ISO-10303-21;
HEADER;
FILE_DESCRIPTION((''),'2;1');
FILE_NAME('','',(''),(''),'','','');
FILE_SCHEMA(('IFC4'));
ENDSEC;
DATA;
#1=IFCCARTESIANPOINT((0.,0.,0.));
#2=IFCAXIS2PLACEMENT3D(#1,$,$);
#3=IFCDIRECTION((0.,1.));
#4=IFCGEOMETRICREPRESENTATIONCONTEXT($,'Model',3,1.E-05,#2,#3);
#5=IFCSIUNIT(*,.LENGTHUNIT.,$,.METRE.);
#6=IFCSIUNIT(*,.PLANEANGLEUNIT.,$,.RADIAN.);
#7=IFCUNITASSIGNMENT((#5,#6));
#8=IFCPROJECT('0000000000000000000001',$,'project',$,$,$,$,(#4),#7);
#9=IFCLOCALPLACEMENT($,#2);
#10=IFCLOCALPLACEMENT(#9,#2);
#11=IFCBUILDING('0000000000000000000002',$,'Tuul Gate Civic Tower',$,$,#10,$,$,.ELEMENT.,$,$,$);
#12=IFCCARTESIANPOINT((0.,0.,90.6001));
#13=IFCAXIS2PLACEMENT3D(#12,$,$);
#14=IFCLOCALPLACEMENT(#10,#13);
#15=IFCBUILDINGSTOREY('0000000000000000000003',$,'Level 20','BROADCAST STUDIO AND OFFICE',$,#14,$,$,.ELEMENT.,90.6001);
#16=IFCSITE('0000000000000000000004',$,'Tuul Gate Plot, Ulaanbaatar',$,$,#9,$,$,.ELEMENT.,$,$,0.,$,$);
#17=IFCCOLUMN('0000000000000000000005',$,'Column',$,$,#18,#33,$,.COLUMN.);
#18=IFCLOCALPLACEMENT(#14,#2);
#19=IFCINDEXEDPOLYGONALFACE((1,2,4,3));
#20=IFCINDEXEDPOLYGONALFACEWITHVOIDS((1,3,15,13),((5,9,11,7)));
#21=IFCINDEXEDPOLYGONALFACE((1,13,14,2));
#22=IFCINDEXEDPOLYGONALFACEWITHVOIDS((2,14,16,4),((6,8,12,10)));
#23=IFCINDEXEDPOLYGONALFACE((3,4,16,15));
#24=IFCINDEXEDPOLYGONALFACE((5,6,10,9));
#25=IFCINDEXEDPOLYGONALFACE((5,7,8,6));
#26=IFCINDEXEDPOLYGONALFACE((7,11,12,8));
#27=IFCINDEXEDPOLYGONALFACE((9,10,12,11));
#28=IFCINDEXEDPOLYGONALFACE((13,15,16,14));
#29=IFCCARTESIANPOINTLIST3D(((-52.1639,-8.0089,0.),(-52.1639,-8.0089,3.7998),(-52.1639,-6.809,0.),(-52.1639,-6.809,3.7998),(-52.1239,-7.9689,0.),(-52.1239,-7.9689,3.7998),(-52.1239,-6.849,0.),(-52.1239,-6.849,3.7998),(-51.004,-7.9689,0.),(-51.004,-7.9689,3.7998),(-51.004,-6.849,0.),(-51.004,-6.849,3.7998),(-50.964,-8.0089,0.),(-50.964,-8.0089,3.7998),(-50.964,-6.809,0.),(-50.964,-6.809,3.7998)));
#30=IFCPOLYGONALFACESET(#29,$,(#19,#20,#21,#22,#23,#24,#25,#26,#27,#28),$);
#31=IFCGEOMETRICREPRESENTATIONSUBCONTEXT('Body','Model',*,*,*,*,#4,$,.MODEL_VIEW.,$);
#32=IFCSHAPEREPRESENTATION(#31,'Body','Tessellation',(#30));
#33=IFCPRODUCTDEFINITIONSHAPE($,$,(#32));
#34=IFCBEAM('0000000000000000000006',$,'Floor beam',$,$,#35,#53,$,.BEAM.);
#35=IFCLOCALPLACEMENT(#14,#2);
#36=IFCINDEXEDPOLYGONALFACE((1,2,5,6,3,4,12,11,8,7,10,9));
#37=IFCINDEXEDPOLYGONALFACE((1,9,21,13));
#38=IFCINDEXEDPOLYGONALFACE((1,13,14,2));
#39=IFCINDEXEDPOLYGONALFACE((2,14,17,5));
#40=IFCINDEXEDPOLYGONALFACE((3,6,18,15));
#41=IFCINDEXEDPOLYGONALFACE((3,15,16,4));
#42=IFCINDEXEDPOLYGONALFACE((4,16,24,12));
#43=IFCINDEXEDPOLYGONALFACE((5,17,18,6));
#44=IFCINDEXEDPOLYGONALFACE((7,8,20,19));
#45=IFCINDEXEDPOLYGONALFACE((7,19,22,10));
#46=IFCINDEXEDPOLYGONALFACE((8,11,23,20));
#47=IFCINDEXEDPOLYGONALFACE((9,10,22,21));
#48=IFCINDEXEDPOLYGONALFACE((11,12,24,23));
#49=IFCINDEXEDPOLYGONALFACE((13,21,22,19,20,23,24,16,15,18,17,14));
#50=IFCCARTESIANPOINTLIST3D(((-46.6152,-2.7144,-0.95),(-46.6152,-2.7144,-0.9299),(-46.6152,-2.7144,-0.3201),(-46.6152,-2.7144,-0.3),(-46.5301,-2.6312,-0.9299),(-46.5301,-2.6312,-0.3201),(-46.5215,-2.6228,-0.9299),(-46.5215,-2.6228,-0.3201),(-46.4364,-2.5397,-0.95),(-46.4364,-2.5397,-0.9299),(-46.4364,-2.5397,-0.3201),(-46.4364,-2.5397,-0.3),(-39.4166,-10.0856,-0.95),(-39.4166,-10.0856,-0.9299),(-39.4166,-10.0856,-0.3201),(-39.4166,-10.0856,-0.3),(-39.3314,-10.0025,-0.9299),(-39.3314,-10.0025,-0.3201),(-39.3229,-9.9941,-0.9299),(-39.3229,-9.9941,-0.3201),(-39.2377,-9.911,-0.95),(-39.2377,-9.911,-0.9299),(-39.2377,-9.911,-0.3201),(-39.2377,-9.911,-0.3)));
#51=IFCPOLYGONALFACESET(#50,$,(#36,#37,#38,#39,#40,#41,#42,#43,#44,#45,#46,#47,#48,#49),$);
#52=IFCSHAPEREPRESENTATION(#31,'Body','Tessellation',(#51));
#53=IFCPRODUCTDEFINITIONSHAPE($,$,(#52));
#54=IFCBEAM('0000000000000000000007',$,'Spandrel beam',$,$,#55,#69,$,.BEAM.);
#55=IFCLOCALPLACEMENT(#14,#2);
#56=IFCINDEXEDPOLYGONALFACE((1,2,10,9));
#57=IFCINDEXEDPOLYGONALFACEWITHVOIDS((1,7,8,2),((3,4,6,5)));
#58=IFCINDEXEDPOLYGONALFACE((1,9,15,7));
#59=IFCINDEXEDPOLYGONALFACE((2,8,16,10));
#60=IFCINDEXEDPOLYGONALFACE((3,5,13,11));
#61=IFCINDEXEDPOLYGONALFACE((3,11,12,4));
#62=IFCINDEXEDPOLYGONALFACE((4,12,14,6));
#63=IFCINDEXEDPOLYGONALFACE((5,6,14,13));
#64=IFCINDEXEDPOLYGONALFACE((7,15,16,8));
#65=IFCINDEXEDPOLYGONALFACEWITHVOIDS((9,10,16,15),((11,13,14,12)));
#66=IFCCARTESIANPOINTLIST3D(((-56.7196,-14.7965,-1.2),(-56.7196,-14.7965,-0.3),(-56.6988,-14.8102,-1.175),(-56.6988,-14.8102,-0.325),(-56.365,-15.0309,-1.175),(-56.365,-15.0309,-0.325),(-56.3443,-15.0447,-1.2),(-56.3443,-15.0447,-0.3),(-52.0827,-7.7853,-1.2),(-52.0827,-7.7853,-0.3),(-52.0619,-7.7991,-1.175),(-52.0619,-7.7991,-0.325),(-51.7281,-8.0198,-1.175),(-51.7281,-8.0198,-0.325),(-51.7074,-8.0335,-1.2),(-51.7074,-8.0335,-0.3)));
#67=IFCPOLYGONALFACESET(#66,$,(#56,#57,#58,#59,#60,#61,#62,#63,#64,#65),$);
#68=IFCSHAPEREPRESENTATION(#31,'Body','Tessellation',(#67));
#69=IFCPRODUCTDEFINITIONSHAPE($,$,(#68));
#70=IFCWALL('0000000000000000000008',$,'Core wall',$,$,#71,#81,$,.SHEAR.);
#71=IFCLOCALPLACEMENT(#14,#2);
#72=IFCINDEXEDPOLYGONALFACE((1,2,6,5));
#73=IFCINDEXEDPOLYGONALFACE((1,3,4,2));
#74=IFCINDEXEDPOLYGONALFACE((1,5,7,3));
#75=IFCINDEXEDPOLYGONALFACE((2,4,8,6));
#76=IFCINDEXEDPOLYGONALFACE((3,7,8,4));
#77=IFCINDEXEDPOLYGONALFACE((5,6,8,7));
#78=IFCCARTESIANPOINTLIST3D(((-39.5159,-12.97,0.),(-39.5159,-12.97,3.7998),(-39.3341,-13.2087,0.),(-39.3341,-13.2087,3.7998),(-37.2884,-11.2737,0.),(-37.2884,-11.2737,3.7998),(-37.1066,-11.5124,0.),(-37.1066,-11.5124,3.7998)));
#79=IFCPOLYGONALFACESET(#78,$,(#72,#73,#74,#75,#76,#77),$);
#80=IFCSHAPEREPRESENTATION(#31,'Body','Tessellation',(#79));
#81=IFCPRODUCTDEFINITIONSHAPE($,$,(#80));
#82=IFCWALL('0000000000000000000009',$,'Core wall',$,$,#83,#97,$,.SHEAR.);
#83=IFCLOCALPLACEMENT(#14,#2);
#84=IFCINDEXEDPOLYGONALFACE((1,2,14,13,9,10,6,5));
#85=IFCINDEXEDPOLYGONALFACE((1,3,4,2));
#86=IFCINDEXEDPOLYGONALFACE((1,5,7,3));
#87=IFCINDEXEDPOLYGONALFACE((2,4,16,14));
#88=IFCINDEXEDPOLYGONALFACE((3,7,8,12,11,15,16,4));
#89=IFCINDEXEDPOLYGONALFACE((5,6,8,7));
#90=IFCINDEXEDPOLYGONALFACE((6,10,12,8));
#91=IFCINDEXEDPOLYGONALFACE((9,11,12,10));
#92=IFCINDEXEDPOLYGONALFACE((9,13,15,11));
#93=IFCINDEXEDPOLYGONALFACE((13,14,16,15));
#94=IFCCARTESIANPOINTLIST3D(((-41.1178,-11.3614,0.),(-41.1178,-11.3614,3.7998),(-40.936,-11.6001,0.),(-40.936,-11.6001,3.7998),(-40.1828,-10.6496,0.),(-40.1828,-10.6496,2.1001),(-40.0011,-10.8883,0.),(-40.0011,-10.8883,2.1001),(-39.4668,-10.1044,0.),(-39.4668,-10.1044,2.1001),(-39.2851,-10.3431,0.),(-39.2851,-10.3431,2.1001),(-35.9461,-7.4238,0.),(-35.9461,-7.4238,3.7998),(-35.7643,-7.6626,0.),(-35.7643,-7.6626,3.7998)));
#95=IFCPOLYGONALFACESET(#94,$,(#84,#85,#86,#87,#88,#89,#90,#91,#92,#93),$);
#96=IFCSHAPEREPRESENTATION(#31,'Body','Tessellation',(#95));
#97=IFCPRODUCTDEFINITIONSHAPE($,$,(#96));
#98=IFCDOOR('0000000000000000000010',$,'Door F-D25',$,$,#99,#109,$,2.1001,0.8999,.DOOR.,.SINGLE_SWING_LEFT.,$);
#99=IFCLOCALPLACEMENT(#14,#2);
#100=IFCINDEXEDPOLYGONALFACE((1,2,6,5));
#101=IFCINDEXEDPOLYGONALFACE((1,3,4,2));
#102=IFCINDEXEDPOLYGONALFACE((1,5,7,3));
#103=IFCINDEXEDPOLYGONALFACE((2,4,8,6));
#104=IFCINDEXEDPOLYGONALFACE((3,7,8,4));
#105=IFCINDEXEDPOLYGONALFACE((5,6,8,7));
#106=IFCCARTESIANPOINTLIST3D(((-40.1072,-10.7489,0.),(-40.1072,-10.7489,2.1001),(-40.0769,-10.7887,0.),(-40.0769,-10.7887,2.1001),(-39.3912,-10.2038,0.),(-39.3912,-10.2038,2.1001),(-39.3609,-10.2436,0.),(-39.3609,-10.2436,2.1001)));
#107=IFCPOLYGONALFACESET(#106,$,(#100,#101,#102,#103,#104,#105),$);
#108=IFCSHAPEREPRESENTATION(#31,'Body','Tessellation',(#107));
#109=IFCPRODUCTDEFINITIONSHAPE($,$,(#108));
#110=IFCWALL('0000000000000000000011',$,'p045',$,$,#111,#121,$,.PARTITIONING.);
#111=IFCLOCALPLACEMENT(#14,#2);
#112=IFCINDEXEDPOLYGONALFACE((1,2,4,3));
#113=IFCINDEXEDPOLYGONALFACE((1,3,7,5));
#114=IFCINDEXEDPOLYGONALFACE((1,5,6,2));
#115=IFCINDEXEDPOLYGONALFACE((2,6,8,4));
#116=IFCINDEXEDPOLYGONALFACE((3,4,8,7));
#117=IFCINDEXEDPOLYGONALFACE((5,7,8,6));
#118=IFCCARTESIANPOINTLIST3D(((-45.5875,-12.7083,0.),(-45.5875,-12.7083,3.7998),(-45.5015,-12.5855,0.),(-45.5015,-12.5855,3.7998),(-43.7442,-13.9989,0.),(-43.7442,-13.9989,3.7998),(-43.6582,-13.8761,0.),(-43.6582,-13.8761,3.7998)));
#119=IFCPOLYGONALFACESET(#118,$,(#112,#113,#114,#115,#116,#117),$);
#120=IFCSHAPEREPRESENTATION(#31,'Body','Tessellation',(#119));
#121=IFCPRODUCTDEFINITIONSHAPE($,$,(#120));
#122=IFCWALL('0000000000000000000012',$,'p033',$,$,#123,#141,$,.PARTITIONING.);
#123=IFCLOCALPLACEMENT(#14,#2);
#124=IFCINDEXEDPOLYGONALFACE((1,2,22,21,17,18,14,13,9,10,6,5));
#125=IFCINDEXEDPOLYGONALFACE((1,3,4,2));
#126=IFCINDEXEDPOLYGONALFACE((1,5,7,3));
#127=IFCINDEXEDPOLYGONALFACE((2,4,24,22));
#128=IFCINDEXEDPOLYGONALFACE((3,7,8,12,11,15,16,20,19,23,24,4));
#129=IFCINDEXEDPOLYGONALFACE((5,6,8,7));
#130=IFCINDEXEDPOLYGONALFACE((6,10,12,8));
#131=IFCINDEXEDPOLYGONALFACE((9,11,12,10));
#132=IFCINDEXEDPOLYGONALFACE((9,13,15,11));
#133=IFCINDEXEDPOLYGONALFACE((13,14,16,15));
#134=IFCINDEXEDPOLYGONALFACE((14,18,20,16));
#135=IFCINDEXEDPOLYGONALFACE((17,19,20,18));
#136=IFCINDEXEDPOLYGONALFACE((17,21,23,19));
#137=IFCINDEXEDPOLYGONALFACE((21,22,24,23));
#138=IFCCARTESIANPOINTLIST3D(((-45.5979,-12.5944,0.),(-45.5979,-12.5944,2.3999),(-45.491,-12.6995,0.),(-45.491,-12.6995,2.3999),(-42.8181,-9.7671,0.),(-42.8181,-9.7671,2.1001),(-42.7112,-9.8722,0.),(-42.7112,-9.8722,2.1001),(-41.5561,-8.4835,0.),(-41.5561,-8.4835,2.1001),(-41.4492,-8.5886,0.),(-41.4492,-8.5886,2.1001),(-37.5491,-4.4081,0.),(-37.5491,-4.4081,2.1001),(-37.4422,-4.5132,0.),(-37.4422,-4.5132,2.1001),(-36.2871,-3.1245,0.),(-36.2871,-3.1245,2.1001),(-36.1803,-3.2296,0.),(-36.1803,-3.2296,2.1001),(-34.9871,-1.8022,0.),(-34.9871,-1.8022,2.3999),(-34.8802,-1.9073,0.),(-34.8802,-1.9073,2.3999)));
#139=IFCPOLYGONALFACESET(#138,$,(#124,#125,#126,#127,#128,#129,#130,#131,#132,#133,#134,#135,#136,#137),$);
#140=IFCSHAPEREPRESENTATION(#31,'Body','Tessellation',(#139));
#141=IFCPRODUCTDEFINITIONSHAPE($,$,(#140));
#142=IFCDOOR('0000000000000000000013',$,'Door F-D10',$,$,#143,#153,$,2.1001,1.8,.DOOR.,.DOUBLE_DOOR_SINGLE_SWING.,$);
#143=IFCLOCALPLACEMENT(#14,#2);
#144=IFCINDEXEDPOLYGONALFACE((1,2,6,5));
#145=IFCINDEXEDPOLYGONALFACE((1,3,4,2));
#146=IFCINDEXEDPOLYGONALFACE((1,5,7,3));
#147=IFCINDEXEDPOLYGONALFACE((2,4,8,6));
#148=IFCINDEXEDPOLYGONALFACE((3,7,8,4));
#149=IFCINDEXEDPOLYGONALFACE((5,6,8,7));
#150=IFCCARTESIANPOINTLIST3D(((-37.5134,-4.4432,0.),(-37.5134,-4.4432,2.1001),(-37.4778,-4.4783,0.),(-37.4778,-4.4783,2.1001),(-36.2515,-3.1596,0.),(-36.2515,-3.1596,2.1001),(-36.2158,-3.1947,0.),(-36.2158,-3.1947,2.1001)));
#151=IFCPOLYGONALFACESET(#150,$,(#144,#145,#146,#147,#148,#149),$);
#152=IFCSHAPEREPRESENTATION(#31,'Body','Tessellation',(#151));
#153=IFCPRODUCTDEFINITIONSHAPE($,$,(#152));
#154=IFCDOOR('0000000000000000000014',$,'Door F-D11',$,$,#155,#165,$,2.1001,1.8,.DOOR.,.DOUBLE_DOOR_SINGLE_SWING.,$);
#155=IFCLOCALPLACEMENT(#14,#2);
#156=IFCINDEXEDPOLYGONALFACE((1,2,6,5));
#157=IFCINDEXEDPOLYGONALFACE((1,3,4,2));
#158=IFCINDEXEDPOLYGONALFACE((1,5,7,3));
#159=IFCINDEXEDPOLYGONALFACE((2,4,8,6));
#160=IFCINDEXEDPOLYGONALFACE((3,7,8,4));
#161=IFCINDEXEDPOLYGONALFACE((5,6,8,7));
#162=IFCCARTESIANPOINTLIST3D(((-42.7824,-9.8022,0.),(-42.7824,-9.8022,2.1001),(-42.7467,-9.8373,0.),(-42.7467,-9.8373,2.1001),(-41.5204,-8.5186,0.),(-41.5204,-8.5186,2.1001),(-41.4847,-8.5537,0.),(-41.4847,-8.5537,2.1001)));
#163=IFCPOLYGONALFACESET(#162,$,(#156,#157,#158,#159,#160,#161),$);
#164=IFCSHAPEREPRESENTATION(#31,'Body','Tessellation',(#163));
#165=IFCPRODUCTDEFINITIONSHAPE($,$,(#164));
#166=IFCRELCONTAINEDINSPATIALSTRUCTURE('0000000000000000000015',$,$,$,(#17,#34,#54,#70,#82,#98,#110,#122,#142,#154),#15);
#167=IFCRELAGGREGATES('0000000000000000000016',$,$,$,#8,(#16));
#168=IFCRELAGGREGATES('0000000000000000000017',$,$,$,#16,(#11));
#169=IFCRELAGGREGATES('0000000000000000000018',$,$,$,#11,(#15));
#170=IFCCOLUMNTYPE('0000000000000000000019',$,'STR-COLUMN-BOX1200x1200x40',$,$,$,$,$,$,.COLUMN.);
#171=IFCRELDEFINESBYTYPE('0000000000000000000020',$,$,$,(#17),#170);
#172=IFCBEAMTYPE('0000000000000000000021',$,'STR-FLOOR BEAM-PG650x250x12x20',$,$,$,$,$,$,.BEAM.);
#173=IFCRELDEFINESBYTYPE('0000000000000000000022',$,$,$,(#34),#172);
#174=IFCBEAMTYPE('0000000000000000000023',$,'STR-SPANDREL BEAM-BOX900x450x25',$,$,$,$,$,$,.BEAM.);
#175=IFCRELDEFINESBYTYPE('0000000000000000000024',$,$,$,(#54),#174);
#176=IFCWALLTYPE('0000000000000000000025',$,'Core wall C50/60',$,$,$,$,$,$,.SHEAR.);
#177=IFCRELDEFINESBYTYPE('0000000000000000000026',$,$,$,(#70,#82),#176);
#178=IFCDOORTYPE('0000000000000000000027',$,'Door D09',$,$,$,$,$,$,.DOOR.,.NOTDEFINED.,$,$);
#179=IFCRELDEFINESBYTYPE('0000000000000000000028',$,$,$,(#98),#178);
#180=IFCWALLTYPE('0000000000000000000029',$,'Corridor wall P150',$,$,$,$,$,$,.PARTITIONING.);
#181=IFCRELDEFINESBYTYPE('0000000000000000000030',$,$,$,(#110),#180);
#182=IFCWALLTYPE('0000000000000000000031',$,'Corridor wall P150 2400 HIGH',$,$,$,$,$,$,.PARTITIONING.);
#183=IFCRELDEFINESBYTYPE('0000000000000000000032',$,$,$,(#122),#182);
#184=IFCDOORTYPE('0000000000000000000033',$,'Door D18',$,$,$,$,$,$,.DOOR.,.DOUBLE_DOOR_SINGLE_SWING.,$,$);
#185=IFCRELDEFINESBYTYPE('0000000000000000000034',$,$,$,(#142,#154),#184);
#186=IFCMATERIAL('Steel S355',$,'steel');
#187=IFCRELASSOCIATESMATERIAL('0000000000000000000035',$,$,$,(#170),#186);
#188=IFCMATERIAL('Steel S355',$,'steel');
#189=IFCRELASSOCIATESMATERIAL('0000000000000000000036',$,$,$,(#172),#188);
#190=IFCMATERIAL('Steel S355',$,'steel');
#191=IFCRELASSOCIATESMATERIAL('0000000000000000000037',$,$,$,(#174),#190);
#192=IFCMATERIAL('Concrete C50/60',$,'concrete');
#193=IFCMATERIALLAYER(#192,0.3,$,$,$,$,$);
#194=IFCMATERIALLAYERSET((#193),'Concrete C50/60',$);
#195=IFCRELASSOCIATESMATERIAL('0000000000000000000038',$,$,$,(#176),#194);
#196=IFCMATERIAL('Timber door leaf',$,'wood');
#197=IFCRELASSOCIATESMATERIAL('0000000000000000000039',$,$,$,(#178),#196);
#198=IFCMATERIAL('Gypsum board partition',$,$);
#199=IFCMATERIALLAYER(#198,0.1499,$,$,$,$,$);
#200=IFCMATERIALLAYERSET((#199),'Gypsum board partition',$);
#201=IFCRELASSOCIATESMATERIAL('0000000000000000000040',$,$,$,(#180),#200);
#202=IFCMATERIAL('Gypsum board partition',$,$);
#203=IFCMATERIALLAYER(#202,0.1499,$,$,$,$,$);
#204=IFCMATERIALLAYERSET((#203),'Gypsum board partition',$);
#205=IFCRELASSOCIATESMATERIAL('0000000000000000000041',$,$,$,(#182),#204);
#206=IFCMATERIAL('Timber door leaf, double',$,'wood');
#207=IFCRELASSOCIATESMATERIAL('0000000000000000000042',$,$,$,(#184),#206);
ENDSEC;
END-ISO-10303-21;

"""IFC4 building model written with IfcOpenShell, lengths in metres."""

from ifc_helpers import new_model, si_unit, direction, frame, frame_2d, origin, origin_2d, place, context, subcontext, project, spatial, rectangle, hollow_rectangle, i_section, extrude, material, layer, layer_set, material_profile, profile_set, type_object, element, fill, save


model = new_model("IFC4")

# Units and contexts
model_context = context("Model", 3, precision=1e-05, world=origin(), true_north=direction((0.0, 1.0)))
body_context = subcontext(model_context, "Body", "Model", "MODEL_VIEW")
ifc_project = project(units=[si_unit("LENGTHUNIT", "METRE"), si_unit("PLANEANGLEUNIT", "RADIAN")], contexts=[model_context])

# Site, building, storey
site_placement = place(None, origin())
site = spatial("IfcSite", under=ifc_project, at=site_placement, Name="Tuul Gate Plot, Ulaanbaatar", CompositionType="ELEMENT", RefElevation=0.0)
building_placement = place(site_placement, origin())
building = spatial("IfcBuilding", under=site, at=building_placement, Name="Tuul Gate Civic Tower", CompositionType="ELEMENT")
storey_placement = place(building_placement, frame((0.0, 0.0, 90.6001)))
storey = spatial("IfcBuildingStorey", under=building, at=storey_placement, Name="Level 20", Description="BROADCAST STUDIO AND OFFICE", CompositionType="ELEMENT", Elevation=90.6001)

# Column
ifc_material_1 = material(Name="Steel S355", Category="steel")
ifc_material_profile_1 = material_profile(ifc_material_1, hollow_rectangle(XDim=1.2, YDim=1.2, WallThickness=0.04, at=origin_2d()), Name="BOX1200x1200x40")
ifc_profile_set_1 = profile_set([ifc_material_profile_1], Name="Steel S355")
column_type = type_object("IfcColumnType", Name="STR-COLUMN-BOX1200x1200x40", PredefinedType="COLUMN", material=ifc_profile_set_1)
column_placement = place(storey_placement, frame((-51.564, -7.4089, 0.0), z_axis=(0.0, 0.0, 1.0), x_axis=(1.0, 0.0, 0.0)))
element("IfcColumn", 1, at=column_placement, inside=storey, type_object=column_type, Name="Column", PredefinedType="COLUMN", context=body_context, shape_type="SweptSolid", body=[
    extrude(hollow_rectangle(XDim=1.2, YDim=1.2, WallThickness=0.04, at=origin_2d()), origin(), (0.0, 0.0, 1.0), 3.7998),
])

# Beams
ifc_material_2 = material(Name="Steel S355", Category="steel")
ifc_material_profile_2 = material_profile(ifc_material_2, i_section(OverallWidth=0.25, OverallDepth=0.6499, WebThickness=0.012, FlangeThickness=0.02, at=origin_2d()), Name="PG650x250x12x20")
ifc_profile_set_2 = profile_set([ifc_material_profile_2], Name="Steel S355")
beam_type_1 = type_object("IfcBeamType", Name="STR-FLOOR BEAM-PG650x250x12x20", PredefinedType="BEAM", material=ifc_profile_set_2)
beam_1_placement = place(storey_placement, frame((-39.3271, -9.9983, -0.625), z_axis=(-0.698681, 0.715433, 0.0), x_axis=(-0.715433, -0.698681, 0.0)))
element("IfcBeam", 2, at=beam_1_placement, inside=storey, type_object=beam_type_1, Name="Floor beam", PredefinedType="BEAM", context=body_context, shape_type="SweptSolid", body=[
    extrude(i_section(OverallWidth=0.25, OverallDepth=0.6499, WebThickness=0.012, FlangeThickness=0.02, at=origin_2d()), origin(), (0.0, 0.0, 1.0), 10.3032),
])
ifc_material_3 = material(Name="Steel S355", Category="steel")
ifc_material_profile_3 = material_profile(ifc_material_3, hollow_rectangle(XDim=0.45, YDim=0.8999, WallThickness=0.0249, at=origin_2d()), Name="BOX900x450x25")
ifc_profile_set_3 = profile_set([ifc_material_profile_3], Name="Steel S355")
beam_type_2 = type_object("IfcBeamType", Name="STR-SPANDREL BEAM-BOX900x450x25", PredefinedType="BEAM", material=ifc_profile_set_3)
beam_2_placement = place(storey_placement, frame((-51.895, -7.9094, -0.75), z_axis=(-0.551633, -0.834087, 0.0), x_axis=(0.834087, -0.551633, 0.0)))
element("IfcBeam", 3, at=beam_2_placement, inside=storey, type_object=beam_type_2, Name="Spandrel beam", PredefinedType="BEAM", context=body_context, shape_type="SweptSolid", body=[
    extrude(hollow_rectangle(XDim=0.45, YDim=0.8999, WallThickness=0.0249, at=origin_2d()), origin(), (0.0, 0.0, 1.0), 8.4058),
])

# Wall
ifc_material_4 = material(Name="Concrete C50/60", Category="concrete")
ifc_layer_1 = layer(ifc_material_4, 0.3)
ifc_layer_set_1 = layer_set([ifc_layer_1], Name="Concrete C50/60")
wall_type_1 = type_object("IfcWallType", Name="Core wall C50/60", PredefinedType="SHEAR", material=ifc_layer_set_1)
wall_1_placement = place(storey_placement, frame((-37.1975, -11.3931, 0.0), z_axis=(0.0, 0.0, 1.0), x_axis=(-0.795584, -0.605844, 0.0)))
element("IfcWall", 4, at=wall_1_placement, inside=storey, type_object=wall_type_1, Name="Core wall", PredefinedType="SHEAR", context=body_context, shape_type="SweptSolid", body=[
    extrude(rectangle(XDim=2.7998, YDim=0.3, at=frame_2d((1.3999, 0.0))), origin(), (0.0, 0.0, 1.0), 3.7998),
])

# Wall, opening, door
wall_2_placement = place(storey_placement, frame((-35.8552, -7.5432, 0.0), z_axis=(0.0, 0.0, 1.0), x_axis=(-0.795639, -0.605772, 0.0)))
wall_2 = element("IfcWall", 5, at=wall_2_placement, inside=storey, type_object=wall_type_1, Name="Core wall", PredefinedType="SHEAR", context=body_context, shape_type="SweptSolid", body=[
    extrude(rectangle(XDim=6.5, YDim=0.3, at=frame_2d((3.25, 0.0))), origin(), (0.0, 0.0, 1.0), 3.7998),
])
opening_1_placement = place(wall_2_placement, frame((4.425, 0.0, 0.0)))
opening_1 = element("IfcOpeningElement", 6, at=opening_1_placement, cuts=wall_2, PredefinedType="OPENING", context=body_context, shape_type="SweptSolid", body=[
    extrude(rectangle(XDim=0.8999, YDim=2.1001, at=frame_2d((0.45, 1.05))), frame((0.0, 0.1602, 0.0), z_axis=(0.0, -1.0, 0.0), x_axis=(1.0, 0.0, 0.0)), (0.0, 0.0, 1.0), 0.3201),
])
ifc_material_5 = material(Name="Timber door leaf", Category="wood")
door_type_1 = type_object("IfcDoorType", Name="Door D09", OperationType="NOTDEFINED", PredefinedType="DOOR", material=ifc_material_5)
door_1_placement = place(opening_1_placement, origin())
door_1 = element("IfcDoor", 7, at=door_1_placement, inside=storey, type_object=door_type_1, Name="Door F-D25", OperationType="SINGLE_SWING_LEFT", OverallHeight=2.1001, OverallWidth=0.8999, PredefinedType="DOOR", context=body_context, shape_type="SweptSolid", body=[
    extrude(rectangle(XDim=0.8999, YDim=2.1001, at=frame_2d((0.45, 1.05))), frame((0.0, 0.0249, 0.0), z_axis=(0.0, -1.0, 0.0), x_axis=(1.0, 0.0, 0.0)), (0.0, 0.0, 1.0), 0.05),
])
fill(opening_1, door_1)

# Wall
ifc_material_6 = material(Name="Gypsum board partition")
ifc_layer_2 = layer(ifc_material_6, 0.1499)
ifc_layer_set_2 = layer_set([ifc_layer_2], Name="Gypsum board partition")
wall_type_2 = type_object("IfcWallType", Name="Corridor wall P150", PredefinedType="PARTITIONING", material=ifc_layer_set_2)
wall_3_placement = place(storey_placement, frame((-45.5444, -12.647, 0.0), z_axis=(0.0, 0.0, 1.0), x_axis=(0.819181, -0.573535, 0.0)))
element("IfcWall", 8, at=wall_3_placement, inside=storey, type_object=wall_type_2, Name="p045", PredefinedType="PARTITIONING", context=body_context, shape_type="SweptSolid", body=[
    extrude(rectangle(XDim=2.2502, YDim=0.1499, at=frame_2d((1.125, 0.0))), origin(), (0.0, 0.0, 1.0), 3.7998),
])

# Wall, openings, doors
ifc_material_7 = material(Name="Gypsum board partition")
ifc_layer_3 = layer(ifc_material_7, 0.1499)
ifc_layer_set_3 = layer_set([ifc_layer_3], Name="Gypsum board partition")
wall_type_3 = type_object("IfcWallType", Name="Corridor wall P150 2400 HIGH", PredefinedType="PARTITIONING", material=ifc_layer_set_3)
wall_4_placement = place(storey_placement, frame((-45.5444, -12.647, 0.0), z_axis=(0.0, 0.0, 1.0), x_axis=(0.701089, 0.713074, 0.0)))
wall_4 = element("IfcWall", 9, at=wall_4_placement, inside=storey, type_object=wall_type_3, Name="p033", PredefinedType="PARTITIONING", context=body_context, shape_type="SweptSolid", body=[
    extrude(rectangle(XDim=15.1348, YDim=0.1499, at=frame_2d((7.5674, 0.0))), origin(), (0.0, 0.0, 1.0), 2.3999),
])
opening_2_placement = place(wall_4_placement, frame((11.4805, 0.0, 0.0)))
opening_2 = element("IfcOpeningElement", 10, at=opening_2_placement, cuts=wall_4, PredefinedType="OPENING", context=body_context, shape_type="SweptSolid", body=[
    extrude(rectangle(XDim=1.8, YDim=2.1001, at=frame_2d((0.8999, 1.05))), frame((0.0, 0.085, 0.0), z_axis=(0.0, -1.0, 0.0), x_axis=(1.0, 0.0, 0.0)), (0.0, 0.0, 1.0), 0.1699),
])
opening_3_placement = place(wall_4_placement, frame((3.9651, 0.0, 0.0)))
opening_3 = element("IfcOpeningElement", 11, at=opening_3_placement, cuts=wall_4, PredefinedType="OPENING", context=body_context, shape_type="SweptSolid", body=[
    extrude(rectangle(XDim=1.8, YDim=2.1001, at=frame_2d((0.8999, 1.05))), frame((0.0, 0.085, 0.0), z_axis=(0.0, -1.0, 0.0), x_axis=(1.0, 0.0, 0.0)), (0.0, 0.0, 1.0), 0.1699),
])
ifc_material_8 = material(Name="Timber door leaf, double", Category="wood")
door_type_2 = type_object("IfcDoorType", Name="Door D18", OperationType="DOUBLE_DOOR_SINGLE_SWING", PredefinedType="DOOR", material=ifc_material_8)
door_2_placement = place(opening_2_placement, origin())
door_2 = element("IfcDoor", 12, at=door_2_placement, inside=storey, type_object=door_type_2, Name="Door F-D10", OperationType="DOUBLE_DOOR_SINGLE_SWING", OverallHeight=2.1001, OverallWidth=1.8, PredefinedType="DOOR", context=body_context, shape_type="SweptSolid", body=[
    extrude(rectangle(XDim=1.8, YDim=2.1001, at=frame_2d((0.8999, 1.05))), frame((0.0, 0.0249, 0.0), z_axis=(0.0, -1.0, 0.0), x_axis=(1.0, 0.0, 0.0)), (0.0, 0.0, 1.0), 0.05),
])
fill(opening_2, door_2)
door_3_placement = place(opening_3_placement, origin())
door_3 = element("IfcDoor", 13, at=door_3_placement, inside=storey, type_object=door_type_2, Name="Door F-D11", OperationType="DOUBLE_DOOR_SINGLE_SWING", OverallHeight=2.1001, OverallWidth=1.8, PredefinedType="DOOR", context=body_context, shape_type="SweptSolid", body=[
    extrude(rectangle(XDim=1.8, YDim=2.1001, at=frame_2d((0.8999, 1.05))), frame((0.0, 0.0249, 0.0), z_axis=(0.0, -1.0, 0.0), x_axis=(1.0, 0.0, 0.0)), (0.0, 0.0, 1.0), 0.05),
])
fill(opening_3, door_3)

save(model, "model.ifc")
